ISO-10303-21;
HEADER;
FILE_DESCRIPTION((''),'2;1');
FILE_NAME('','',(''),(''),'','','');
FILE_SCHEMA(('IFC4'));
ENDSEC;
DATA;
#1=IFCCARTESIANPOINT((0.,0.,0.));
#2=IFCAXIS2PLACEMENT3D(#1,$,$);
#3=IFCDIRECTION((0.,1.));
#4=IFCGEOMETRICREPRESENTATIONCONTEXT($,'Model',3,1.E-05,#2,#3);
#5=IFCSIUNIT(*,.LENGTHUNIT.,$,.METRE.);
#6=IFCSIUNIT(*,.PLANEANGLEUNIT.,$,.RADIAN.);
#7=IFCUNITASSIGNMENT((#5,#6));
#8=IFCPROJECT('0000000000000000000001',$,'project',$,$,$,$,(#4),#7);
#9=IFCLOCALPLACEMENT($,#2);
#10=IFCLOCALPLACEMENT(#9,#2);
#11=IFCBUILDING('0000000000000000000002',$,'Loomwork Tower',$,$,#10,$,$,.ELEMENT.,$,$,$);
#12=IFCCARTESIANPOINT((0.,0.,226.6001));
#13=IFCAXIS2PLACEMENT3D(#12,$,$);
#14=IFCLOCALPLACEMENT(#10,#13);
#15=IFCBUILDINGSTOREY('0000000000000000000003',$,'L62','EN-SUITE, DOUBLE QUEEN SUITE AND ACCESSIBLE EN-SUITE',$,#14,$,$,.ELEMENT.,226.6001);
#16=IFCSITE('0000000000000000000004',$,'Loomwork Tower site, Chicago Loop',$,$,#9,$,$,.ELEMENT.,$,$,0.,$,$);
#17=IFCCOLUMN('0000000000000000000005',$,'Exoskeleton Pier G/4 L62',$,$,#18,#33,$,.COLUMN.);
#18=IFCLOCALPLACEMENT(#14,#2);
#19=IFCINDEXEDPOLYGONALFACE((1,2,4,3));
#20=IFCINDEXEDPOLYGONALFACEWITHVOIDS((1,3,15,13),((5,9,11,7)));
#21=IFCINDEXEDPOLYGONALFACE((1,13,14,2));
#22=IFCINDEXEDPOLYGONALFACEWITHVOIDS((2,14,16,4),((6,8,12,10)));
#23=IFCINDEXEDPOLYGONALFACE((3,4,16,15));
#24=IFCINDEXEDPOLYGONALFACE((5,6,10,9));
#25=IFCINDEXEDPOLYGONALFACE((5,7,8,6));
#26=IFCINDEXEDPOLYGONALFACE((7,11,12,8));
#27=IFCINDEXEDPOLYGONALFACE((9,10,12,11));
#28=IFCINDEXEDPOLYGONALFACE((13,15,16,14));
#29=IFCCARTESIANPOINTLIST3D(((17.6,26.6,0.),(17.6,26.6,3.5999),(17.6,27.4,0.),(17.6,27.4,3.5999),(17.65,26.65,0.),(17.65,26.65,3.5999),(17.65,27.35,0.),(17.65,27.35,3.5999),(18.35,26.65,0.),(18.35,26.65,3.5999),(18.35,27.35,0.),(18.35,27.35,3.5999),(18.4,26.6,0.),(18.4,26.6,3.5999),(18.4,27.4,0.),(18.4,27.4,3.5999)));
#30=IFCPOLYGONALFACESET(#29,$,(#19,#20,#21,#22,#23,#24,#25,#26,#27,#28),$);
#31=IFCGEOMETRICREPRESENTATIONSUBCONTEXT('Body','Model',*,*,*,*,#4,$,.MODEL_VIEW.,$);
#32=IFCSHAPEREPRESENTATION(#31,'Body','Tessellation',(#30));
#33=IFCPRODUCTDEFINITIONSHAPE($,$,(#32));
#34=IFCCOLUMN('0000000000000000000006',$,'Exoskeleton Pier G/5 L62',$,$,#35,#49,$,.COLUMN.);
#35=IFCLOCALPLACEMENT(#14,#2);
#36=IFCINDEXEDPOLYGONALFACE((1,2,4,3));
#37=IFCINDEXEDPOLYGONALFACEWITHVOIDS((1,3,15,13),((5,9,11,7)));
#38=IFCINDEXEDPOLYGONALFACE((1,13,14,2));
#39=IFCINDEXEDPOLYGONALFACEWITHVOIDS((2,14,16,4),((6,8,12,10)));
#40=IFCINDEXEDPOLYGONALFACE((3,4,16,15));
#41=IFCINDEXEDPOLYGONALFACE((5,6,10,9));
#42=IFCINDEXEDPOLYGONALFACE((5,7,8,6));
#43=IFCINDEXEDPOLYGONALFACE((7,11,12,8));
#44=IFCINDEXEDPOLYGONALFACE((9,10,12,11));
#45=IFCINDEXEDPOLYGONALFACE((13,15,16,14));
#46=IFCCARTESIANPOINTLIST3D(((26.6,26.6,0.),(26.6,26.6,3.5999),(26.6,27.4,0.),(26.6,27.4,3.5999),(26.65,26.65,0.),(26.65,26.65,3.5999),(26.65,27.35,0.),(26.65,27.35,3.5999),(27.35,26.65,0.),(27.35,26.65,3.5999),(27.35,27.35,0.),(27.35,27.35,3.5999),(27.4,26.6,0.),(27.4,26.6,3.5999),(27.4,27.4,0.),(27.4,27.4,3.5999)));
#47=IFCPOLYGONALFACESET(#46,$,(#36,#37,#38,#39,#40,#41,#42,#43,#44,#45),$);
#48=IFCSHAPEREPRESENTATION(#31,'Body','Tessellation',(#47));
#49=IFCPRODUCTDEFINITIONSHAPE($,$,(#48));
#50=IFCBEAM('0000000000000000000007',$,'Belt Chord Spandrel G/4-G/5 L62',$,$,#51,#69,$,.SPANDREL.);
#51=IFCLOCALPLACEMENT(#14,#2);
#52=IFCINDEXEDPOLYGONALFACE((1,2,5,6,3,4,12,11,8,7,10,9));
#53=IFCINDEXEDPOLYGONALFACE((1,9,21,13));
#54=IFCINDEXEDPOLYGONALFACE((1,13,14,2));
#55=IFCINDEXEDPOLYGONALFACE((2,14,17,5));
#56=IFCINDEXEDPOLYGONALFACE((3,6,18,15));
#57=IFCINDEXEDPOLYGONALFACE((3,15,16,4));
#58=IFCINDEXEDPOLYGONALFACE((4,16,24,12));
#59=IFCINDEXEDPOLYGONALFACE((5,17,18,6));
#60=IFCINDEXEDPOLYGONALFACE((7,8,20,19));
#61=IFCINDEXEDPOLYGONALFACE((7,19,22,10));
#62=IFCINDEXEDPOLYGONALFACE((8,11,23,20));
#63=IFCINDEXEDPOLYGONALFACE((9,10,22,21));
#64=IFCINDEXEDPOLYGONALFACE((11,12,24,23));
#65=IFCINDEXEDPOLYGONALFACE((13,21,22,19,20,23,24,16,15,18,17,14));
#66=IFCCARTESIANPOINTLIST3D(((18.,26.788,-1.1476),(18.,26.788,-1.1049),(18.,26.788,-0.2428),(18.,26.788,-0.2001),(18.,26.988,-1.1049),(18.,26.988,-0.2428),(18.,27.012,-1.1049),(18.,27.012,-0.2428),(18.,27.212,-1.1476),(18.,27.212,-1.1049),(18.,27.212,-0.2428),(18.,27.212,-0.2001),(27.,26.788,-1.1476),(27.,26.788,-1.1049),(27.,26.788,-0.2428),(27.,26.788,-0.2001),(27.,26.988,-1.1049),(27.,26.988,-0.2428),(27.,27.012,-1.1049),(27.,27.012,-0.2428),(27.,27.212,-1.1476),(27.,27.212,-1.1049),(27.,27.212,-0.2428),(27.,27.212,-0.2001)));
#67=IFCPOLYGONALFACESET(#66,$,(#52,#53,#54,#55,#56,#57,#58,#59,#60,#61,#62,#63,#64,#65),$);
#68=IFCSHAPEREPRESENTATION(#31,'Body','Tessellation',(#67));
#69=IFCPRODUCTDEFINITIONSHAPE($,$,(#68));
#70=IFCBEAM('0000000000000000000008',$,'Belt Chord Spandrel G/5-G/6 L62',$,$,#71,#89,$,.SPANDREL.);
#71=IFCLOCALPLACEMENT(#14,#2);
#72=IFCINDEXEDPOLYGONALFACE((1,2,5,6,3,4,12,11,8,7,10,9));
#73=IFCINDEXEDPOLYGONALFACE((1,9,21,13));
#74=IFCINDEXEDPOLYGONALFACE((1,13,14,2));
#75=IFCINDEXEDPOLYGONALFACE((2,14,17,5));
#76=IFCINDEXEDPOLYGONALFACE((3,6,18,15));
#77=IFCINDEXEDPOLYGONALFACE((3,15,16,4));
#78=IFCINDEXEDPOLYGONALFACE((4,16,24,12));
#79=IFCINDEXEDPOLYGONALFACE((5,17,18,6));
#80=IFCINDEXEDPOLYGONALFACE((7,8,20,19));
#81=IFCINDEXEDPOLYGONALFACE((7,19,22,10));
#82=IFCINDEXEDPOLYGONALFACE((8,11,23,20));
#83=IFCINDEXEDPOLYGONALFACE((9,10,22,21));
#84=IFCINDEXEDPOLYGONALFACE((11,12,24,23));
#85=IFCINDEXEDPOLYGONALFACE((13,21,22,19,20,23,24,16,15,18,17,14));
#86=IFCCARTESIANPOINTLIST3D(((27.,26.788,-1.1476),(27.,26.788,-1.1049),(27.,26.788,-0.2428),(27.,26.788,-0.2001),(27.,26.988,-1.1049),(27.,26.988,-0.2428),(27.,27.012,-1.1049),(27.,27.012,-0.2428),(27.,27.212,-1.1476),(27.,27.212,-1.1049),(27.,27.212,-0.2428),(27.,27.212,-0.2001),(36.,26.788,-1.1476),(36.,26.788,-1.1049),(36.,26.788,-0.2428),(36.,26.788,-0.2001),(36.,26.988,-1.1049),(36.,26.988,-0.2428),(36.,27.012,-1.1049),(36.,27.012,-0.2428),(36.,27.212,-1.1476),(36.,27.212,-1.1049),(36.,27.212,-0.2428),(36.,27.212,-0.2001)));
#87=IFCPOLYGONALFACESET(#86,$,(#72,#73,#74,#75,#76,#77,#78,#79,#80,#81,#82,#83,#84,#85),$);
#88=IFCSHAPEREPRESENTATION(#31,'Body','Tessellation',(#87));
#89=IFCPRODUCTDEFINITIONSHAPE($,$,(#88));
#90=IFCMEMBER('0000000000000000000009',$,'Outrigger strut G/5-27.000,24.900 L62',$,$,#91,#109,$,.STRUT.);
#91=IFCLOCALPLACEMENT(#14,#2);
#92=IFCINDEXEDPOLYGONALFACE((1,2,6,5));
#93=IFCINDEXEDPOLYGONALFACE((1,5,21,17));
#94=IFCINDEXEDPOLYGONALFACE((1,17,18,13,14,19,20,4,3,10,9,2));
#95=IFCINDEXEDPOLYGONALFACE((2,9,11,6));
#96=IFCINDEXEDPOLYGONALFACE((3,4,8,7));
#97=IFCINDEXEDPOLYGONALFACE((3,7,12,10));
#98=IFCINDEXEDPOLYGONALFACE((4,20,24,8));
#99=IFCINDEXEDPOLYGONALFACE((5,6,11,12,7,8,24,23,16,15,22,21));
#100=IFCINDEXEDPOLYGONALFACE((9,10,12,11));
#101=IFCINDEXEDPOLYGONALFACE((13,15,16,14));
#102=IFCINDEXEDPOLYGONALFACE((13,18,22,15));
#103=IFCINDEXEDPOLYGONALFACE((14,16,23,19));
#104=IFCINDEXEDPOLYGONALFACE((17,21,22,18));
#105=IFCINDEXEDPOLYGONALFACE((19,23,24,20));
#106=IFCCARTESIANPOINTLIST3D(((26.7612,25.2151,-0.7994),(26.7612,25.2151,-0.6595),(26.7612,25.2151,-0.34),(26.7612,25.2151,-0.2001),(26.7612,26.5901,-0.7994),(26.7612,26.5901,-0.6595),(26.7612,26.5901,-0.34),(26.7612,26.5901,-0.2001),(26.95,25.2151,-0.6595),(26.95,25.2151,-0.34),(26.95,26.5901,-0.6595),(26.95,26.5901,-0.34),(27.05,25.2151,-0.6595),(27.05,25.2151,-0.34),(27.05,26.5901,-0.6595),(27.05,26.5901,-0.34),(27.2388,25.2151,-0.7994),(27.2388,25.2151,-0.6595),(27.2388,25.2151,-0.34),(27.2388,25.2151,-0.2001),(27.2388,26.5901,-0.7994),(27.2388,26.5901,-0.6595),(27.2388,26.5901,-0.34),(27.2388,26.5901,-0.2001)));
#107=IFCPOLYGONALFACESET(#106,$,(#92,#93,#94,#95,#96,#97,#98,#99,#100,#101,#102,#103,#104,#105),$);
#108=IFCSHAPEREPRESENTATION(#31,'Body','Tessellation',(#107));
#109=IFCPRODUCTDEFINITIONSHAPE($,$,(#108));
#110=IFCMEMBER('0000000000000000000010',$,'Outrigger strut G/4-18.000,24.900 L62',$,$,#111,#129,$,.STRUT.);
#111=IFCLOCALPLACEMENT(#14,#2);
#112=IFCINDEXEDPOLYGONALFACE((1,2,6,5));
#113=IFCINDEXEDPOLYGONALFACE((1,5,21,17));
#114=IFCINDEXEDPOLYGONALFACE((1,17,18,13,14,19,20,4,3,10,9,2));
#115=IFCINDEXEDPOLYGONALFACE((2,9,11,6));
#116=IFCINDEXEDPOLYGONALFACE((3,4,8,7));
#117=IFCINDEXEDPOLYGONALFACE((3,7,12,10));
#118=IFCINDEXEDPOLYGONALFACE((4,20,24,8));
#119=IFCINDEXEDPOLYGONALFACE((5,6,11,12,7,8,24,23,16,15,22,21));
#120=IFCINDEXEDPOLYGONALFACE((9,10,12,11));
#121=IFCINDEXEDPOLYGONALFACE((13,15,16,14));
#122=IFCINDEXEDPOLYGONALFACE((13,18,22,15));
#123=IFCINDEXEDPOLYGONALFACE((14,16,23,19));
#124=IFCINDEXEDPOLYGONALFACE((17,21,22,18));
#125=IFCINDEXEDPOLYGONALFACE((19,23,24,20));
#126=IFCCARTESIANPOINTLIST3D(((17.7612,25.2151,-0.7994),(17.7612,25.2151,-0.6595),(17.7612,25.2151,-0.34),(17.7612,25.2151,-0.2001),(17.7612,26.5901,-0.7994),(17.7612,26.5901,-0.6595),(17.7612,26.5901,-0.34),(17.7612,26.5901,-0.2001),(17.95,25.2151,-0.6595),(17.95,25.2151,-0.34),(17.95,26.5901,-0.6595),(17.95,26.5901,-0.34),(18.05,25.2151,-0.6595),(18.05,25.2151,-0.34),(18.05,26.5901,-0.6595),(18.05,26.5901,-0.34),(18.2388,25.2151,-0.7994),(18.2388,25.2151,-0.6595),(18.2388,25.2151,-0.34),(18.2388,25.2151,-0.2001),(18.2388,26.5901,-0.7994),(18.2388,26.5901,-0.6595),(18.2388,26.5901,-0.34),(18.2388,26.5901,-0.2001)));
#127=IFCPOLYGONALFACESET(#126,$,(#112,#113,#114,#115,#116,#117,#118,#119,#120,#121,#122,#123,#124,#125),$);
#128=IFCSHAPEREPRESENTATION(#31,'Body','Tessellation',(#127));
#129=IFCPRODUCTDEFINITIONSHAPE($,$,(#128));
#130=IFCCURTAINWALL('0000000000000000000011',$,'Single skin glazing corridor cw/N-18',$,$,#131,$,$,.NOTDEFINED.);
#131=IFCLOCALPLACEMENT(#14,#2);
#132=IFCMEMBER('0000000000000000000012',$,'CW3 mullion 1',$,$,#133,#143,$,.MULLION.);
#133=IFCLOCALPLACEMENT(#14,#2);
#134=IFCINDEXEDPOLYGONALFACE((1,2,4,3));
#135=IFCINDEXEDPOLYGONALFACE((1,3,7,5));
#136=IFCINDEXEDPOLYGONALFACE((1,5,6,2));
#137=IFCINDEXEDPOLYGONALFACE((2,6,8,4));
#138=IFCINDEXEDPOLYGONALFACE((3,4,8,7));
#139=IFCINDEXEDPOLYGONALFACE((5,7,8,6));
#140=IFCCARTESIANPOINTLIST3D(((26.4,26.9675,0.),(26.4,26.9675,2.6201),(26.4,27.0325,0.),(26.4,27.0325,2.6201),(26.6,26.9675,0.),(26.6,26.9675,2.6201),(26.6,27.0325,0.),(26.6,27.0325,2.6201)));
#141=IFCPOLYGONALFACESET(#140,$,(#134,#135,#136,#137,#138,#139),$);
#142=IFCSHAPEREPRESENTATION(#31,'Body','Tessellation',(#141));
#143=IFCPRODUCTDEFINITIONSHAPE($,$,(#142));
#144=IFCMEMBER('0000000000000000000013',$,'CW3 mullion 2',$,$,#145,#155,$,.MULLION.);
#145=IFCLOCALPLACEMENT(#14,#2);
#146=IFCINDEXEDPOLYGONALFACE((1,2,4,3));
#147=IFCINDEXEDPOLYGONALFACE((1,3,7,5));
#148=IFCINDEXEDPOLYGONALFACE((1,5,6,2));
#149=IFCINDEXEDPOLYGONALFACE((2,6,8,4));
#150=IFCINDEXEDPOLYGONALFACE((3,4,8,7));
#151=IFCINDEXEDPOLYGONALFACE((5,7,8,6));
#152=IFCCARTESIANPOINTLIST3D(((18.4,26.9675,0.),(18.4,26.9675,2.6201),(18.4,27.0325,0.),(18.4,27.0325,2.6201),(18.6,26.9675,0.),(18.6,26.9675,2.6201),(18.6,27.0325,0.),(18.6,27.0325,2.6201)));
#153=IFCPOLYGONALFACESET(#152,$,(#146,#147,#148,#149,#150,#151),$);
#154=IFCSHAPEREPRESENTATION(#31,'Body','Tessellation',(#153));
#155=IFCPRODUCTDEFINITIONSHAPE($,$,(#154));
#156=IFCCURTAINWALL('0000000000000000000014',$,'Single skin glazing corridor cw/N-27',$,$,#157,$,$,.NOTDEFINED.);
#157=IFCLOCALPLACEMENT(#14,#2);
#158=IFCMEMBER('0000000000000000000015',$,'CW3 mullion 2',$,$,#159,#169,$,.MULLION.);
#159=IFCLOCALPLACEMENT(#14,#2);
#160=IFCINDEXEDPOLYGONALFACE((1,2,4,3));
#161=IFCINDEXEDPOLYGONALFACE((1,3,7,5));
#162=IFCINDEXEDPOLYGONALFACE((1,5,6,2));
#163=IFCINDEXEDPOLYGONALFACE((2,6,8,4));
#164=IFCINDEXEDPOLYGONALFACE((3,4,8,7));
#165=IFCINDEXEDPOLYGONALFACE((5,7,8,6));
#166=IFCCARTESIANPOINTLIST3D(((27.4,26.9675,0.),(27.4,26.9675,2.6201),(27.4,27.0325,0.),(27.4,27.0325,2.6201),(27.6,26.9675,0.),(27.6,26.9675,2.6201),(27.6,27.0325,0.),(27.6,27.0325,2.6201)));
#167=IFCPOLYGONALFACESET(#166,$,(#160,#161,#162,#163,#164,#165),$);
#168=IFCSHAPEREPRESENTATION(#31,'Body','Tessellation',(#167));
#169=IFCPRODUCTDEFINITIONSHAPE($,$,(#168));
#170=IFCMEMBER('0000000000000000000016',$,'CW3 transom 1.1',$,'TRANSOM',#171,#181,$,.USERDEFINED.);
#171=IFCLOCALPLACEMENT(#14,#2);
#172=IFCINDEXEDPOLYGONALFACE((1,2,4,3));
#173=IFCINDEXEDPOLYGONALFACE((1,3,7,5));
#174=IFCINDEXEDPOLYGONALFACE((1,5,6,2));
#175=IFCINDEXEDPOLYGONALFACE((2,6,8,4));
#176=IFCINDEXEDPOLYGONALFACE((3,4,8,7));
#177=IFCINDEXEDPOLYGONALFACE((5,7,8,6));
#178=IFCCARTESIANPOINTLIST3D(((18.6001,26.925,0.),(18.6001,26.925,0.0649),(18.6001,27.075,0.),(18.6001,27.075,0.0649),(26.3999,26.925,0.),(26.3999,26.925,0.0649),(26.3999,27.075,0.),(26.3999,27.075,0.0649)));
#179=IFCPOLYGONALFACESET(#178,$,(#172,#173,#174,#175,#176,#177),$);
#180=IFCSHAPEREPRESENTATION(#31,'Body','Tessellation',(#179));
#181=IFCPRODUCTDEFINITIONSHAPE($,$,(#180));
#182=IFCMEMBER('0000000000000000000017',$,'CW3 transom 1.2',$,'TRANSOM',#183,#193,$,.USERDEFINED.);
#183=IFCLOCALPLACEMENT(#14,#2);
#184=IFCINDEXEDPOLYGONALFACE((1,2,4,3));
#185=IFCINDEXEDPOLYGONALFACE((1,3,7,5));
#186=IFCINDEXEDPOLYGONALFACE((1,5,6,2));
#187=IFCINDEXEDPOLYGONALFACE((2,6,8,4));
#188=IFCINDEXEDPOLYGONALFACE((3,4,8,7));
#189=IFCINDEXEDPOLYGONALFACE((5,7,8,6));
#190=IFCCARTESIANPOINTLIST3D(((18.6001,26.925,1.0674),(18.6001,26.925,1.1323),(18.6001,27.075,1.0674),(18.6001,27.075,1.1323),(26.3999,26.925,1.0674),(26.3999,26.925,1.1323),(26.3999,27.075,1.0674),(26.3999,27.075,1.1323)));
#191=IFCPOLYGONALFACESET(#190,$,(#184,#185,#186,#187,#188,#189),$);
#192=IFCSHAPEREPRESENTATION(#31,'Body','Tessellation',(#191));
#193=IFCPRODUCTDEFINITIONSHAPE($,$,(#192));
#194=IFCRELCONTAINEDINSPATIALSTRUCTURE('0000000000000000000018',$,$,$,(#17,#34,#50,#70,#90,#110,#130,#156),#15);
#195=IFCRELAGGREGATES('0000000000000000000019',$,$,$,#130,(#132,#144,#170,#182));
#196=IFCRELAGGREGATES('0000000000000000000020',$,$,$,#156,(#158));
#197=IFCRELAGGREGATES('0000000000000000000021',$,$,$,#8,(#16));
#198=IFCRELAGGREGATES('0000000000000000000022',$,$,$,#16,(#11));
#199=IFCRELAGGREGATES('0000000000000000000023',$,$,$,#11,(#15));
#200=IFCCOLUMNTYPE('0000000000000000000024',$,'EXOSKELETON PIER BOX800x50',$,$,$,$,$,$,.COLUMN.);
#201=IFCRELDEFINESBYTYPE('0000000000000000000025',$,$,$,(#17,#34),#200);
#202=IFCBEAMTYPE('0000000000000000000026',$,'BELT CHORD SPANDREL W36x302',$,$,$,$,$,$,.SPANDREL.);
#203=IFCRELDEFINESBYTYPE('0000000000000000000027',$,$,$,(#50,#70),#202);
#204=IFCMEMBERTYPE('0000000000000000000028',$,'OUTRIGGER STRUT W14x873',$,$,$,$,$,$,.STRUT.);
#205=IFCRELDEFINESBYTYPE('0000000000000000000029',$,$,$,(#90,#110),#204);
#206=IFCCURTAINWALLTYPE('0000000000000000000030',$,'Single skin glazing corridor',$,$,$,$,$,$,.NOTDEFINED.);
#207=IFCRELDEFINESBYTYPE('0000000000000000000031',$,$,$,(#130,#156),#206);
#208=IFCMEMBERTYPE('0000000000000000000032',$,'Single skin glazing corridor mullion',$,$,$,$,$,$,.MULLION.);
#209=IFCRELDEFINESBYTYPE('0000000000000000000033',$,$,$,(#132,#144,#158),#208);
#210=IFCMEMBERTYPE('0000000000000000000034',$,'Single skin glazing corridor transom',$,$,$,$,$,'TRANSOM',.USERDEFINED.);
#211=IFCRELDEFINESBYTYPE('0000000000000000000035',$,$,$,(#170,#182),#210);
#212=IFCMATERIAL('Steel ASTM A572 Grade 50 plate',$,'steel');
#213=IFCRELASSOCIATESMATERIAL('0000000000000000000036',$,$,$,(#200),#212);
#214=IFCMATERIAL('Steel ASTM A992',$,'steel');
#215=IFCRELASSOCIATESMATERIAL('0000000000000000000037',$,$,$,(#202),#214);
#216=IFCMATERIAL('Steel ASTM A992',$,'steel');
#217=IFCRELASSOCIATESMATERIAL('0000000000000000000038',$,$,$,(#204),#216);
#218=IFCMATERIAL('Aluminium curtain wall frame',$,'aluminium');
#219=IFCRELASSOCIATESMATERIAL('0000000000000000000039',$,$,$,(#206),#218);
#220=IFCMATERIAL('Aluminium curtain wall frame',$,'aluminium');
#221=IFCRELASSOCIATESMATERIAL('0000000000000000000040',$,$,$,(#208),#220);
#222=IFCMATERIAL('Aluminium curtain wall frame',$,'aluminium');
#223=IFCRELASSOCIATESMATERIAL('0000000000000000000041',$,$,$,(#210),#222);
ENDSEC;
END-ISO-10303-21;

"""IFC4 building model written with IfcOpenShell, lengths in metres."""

from ifc_helpers import new_model, si_unit, direction, frame, origin, origin_2d, place, context, subcontext, project, spatial, rectangle, hollow_rectangle, i_section, extrude, material, material_profile, profile_set, type_object, element, aggregate, save


model = new_model("IFC4")

# Units and contexts
model_context = context("Model", 3, precision=1e-05, world=origin(), true_north=direction((0.0, 1.0)))
body_context = subcontext(model_context, "Body", "Model", "MODEL_VIEW")
ifc_project = project(units=[si_unit("LENGTHUNIT", "METRE"), si_unit("PLANEANGLEUNIT", "RADIAN")], contexts=[model_context])

# Site, building, storey
site_placement = place(None, origin())
site = spatial("IfcSite", under=ifc_project, at=site_placement, Name="Loomwork Tower site, Chicago Loop", CompositionType="ELEMENT", RefElevation=0.0)
building_placement = place(site_placement, origin())
building = spatial("IfcBuilding", under=site, at=building_placement, Name="Loomwork Tower", CompositionType="ELEMENT")
storey_placement = place(building_placement, frame((0.0, 0.0, 226.6001)))
storey = spatial("IfcBuildingStorey", under=building, at=storey_placement, Name="L62", Description="EN-SUITE, DOUBLE QUEEN SUITE AND ACCESSIBLE EN-SUITE", CompositionType="ELEMENT", Elevation=226.6001)

# Columns
ifc_material_1 = material(Name="Steel ASTM A572 Grade 50 plate", Category="steel")
ifc_material_profile_1 = material_profile(ifc_material_1, hollow_rectangle(XDim=0.8, YDim=0.8, WallThickness=0.05, at=origin_2d()), Name="BOX800x50")
ifc_profile_set_1 = profile_set([ifc_material_profile_1], Name="Steel ASTM A572 Grade 50 plate")
column_type = type_object("IfcColumnType", Name="EXOSKELETON PIER BOX800x50", PredefinedType="COLUMN", material=ifc_profile_set_1)
for number, where, z_axis, x_axis, name in (
    (1, (18.0, 27.0, 0.0), (0.0, 0.0, 1.0), (1.0, 0.0, 0.0), "Exoskeleton Pier G/4 L62"),
    (2, (27.0, 27.0, 0.0), (0.0, 0.0, 1.0), (1.0, 0.0, 0.0), "Exoskeleton Pier G/5 L62"),
):
    element("IfcColumn", number, at=place(storey_placement, frame(where, z_axis=z_axis, x_axis=x_axis)), inside=storey, type_object=column_type, Name=name, PredefinedType="COLUMN", context=body_context, shape_type="SweptSolid", body=[
        extrude(hollow_rectangle(XDim=0.8, YDim=0.8, WallThickness=0.05, at=origin_2d()), origin(), (0.0, 0.0, 1.0), 3.5999),
    ])

# Beams
ifc_material_2 = material(Name="Steel ASTM A992", Category="steel")
ifc_material_profile_2 = material_profile(ifc_material_2, i_section(OverallWidth=0.4241, OverallDepth=0.9475, WebThickness=0.0239, FlangeThickness=0.0427, at=origin_2d()), Name="W36x302")
ifc_profile_set_2 = profile_set([ifc_material_profile_2], Name="Steel ASTM A992")
beam_type = type_object("IfcBeamType", Name="BELT CHORD SPANDREL W36x302", PredefinedType="SPANDREL", material=ifc_profile_set_2)
for number, where, z_axis, x_axis, name in (
    (3, (18.0, 27.0, -0.6738), (1.0, 0.0, 0.0), (0.0, 1.0, 0.0), "Belt Chord Spandrel G/4-G/5 L62"),
    (4, (27.0, 27.0, -0.6738), (1.0, 0.0, 0.0), (0.0, 1.0, 0.0), "Belt Chord Spandrel G/5-G/6 L62"),
):
    element("IfcBeam", number, at=place(storey_placement, frame(where, z_axis=z_axis, x_axis=x_axis)), inside=storey, type_object=beam_type, Name=name, PredefinedType="SPANDREL", context=body_context, shape_type="SweptSolid", body=[
        extrude(i_section(OverallWidth=0.4241, OverallDepth=0.9475, WebThickness=0.0239, FlangeThickness=0.0427, at=origin_2d()), origin(), (0.0, 0.0, 1.0), 9.0),
    ])

# Members
ifc_material_3 = material(Name="Steel ASTM A992", Category="steel")
ifc_material_profile_3 = material_profile(ifc_material_3, i_section(OverallWidth=0.4775, OverallDepth=0.5994, WebThickness=0.1001, FlangeThickness=0.1399, at=origin_2d()), Name="W14x873")
ifc_profile_set_3 = profile_set([ifc_material_profile_3], Name="Steel ASTM A992")
member_type_1 = type_object("IfcMemberType", Name="OUTRIGGER STRUT W14x873", PredefinedType="STRUT", material=ifc_profile_set_3)
for number, where, z_axis, x_axis, name in (
    (5, (27.0, 26.5901, -0.4998), (0.0, -1.0, 0.0), (1.0, 0.0, 0.0), "Outrigger strut G/5-27.000,24.900 L62"),
    (6, (18.0, 26.5901, -0.4998), (0.0, -1.0, 0.0), (1.0, 0.0, 0.0), "Outrigger strut G/4-18.000,24.900 L62"),
):
    element("IfcMember", number, at=place(storey_placement, frame(where, z_axis=z_axis, x_axis=x_axis)), inside=storey, type_object=member_type_1, Name=name, PredefinedType="STRUT", context=body_context, shape_type="SweptSolid", body=[
        extrude(i_section(OverallWidth=0.4775, OverallDepth=0.5994, WebThickness=0.1001, FlangeThickness=0.1399, at=origin_2d()), origin(), (0.0, 0.0, 1.0), 1.375),
    ])

# Curtain wall, members
ifc_material_4 = material(Name="Aluminium curtain wall frame", Category="aluminium")
curtain_wall_type = type_object("IfcCurtainWallType", Name="Single skin glazing corridor", PredefinedType="NOTDEFINED", material=ifc_material_4)
curtain_wall_1_placement = place(storey_placement, origin())
curtain_wall_1 = element("IfcCurtainWall", 7, at=curtain_wall_1_placement, inside=storey, type_object=curtain_wall_type, Name="Single skin glazing corridor cw/N-18", PredefinedType="NOTDEFINED")
ifc_material_5 = material(Name="Aluminium curtain wall frame", Category="aluminium")
ifc_material_profile_4 = material_profile(ifc_material_5, rectangle(XDim=0.0649, YDim=0.2, at=origin_2d()), Name="AL 65x200")
ifc_profile_set_4 = profile_set([ifc_material_profile_4], Name="Aluminium curtain wall frame")
member_type_2 = type_object("IfcMemberType", Name="Single skin glazing corridor mullion", PredefinedType="MULLION", material=ifc_profile_set_4)
member_1_placement = place(storey_placement, frame((26.5, 27.0, 0.0), z_axis=(0.0, 0.0, 1.0), x_axis=(0.0, -1.0, 0.0)))
member_1 = element("IfcMember", 8, at=member_1_placement, type_object=member_type_2, Name="CW3 mullion 1", PredefinedType="MULLION", context=body_context, shape_type="SweptSolid", body=[
    extrude(rectangle(XDim=0.0649, YDim=0.2, at=origin_2d()), origin(), (0.0, 0.0, 1.0), 2.6201),
])
member_2_placement = place(storey_placement, frame((18.5, 27.0, 0.0), z_axis=(0.0, 0.0, 1.0), x_axis=(0.0, -1.0, 0.0)))
member_2 = element("IfcMember", 9, at=member_2_placement, type_object=member_type_2, Name="CW3 mullion 2", PredefinedType="MULLION", context=body_context, shape_type="SweptSolid", body=[
    extrude(rectangle(XDim=0.0649, YDim=0.2, at=origin_2d()), origin(), (0.0, 0.0, 1.0), 2.6201),
])

# Curtain wall, member
curtain_wall_2_placement = place(storey_placement, origin())
curtain_wall_2 = element("IfcCurtainWall", 10, at=curtain_wall_2_placement, inside=storey, type_object=curtain_wall_type, Name="Single skin glazing corridor cw/N-27", PredefinedType="NOTDEFINED")
member_3_placement = place(storey_placement, frame((27.5, 27.0, 0.0), z_axis=(0.0, 0.0, 1.0), x_axis=(0.0, -1.0, 0.0)))
member_3 = element("IfcMember", 11, at=member_3_placement, type_object=member_type_2, Name="CW3 mullion 2", PredefinedType="MULLION", context=body_context, shape_type="SweptSolid", body=[
    extrude(rectangle(XDim=0.0649, YDim=0.2, at=origin_2d()), origin(), (0.0, 0.0, 1.0), 2.6201),
])

# Members
ifc_material_6 = material(Name="Aluminium curtain wall frame", Category="aluminium")
ifc_material_profile_5 = material_profile(ifc_material_6, rectangle(XDim=0.1499, YDim=0.0649, at=origin_2d()), Name="AL 65x150")
ifc_profile_set_5 = profile_set([ifc_material_profile_5], Name="Aluminium curtain wall frame")
member_type_3 = type_object("IfcMemberType", Name="Single skin glazing corridor transom", ElementType="TRANSOM", PredefinedType="USERDEFINED", material=ifc_profile_set_5)
member_4_placement = place(storey_placement, frame((26.3999, 27.0, 0.0325), z_axis=(-1.0, 0.0, 0.0), x_axis=(0.0, -1.0, 0.0)))
member_4 = element("IfcMember", 12, at=member_4_placement, type_object=member_type_3, Name="CW3 transom 1.1", ObjectType="TRANSOM", PredefinedType="USERDEFINED", context=body_context, shape_type="SweptSolid", body=[
    extrude(rectangle(XDim=0.1499, YDim=0.0649, at=origin_2d()), origin(), (0.0, 0.0, 1.0), 7.7998),
])
member_5_placement = place(storey_placement, frame((26.3999, 27.0, 1.0999), z_axis=(-1.0, 0.0, 0.0), x_axis=(0.0, -1.0, 0.0)))
member_5 = element("IfcMember", 13, at=member_5_placement, type_object=member_type_3, Name="CW3 transom 1.2", ObjectType="TRANSOM", PredefinedType="USERDEFINED", context=body_context, shape_type="SweptSolid", body=[
    extrude(rectangle(XDim=0.1499, YDim=0.0649, at=origin_2d()), origin(), (0.0, 0.0, 1.0), 7.7998),
])

aggregate(curtain_wall_1, [member_1, member_2, member_4, member_5])
aggregate(curtain_wall_2, [member_3])

save(model, "model.ifc")
